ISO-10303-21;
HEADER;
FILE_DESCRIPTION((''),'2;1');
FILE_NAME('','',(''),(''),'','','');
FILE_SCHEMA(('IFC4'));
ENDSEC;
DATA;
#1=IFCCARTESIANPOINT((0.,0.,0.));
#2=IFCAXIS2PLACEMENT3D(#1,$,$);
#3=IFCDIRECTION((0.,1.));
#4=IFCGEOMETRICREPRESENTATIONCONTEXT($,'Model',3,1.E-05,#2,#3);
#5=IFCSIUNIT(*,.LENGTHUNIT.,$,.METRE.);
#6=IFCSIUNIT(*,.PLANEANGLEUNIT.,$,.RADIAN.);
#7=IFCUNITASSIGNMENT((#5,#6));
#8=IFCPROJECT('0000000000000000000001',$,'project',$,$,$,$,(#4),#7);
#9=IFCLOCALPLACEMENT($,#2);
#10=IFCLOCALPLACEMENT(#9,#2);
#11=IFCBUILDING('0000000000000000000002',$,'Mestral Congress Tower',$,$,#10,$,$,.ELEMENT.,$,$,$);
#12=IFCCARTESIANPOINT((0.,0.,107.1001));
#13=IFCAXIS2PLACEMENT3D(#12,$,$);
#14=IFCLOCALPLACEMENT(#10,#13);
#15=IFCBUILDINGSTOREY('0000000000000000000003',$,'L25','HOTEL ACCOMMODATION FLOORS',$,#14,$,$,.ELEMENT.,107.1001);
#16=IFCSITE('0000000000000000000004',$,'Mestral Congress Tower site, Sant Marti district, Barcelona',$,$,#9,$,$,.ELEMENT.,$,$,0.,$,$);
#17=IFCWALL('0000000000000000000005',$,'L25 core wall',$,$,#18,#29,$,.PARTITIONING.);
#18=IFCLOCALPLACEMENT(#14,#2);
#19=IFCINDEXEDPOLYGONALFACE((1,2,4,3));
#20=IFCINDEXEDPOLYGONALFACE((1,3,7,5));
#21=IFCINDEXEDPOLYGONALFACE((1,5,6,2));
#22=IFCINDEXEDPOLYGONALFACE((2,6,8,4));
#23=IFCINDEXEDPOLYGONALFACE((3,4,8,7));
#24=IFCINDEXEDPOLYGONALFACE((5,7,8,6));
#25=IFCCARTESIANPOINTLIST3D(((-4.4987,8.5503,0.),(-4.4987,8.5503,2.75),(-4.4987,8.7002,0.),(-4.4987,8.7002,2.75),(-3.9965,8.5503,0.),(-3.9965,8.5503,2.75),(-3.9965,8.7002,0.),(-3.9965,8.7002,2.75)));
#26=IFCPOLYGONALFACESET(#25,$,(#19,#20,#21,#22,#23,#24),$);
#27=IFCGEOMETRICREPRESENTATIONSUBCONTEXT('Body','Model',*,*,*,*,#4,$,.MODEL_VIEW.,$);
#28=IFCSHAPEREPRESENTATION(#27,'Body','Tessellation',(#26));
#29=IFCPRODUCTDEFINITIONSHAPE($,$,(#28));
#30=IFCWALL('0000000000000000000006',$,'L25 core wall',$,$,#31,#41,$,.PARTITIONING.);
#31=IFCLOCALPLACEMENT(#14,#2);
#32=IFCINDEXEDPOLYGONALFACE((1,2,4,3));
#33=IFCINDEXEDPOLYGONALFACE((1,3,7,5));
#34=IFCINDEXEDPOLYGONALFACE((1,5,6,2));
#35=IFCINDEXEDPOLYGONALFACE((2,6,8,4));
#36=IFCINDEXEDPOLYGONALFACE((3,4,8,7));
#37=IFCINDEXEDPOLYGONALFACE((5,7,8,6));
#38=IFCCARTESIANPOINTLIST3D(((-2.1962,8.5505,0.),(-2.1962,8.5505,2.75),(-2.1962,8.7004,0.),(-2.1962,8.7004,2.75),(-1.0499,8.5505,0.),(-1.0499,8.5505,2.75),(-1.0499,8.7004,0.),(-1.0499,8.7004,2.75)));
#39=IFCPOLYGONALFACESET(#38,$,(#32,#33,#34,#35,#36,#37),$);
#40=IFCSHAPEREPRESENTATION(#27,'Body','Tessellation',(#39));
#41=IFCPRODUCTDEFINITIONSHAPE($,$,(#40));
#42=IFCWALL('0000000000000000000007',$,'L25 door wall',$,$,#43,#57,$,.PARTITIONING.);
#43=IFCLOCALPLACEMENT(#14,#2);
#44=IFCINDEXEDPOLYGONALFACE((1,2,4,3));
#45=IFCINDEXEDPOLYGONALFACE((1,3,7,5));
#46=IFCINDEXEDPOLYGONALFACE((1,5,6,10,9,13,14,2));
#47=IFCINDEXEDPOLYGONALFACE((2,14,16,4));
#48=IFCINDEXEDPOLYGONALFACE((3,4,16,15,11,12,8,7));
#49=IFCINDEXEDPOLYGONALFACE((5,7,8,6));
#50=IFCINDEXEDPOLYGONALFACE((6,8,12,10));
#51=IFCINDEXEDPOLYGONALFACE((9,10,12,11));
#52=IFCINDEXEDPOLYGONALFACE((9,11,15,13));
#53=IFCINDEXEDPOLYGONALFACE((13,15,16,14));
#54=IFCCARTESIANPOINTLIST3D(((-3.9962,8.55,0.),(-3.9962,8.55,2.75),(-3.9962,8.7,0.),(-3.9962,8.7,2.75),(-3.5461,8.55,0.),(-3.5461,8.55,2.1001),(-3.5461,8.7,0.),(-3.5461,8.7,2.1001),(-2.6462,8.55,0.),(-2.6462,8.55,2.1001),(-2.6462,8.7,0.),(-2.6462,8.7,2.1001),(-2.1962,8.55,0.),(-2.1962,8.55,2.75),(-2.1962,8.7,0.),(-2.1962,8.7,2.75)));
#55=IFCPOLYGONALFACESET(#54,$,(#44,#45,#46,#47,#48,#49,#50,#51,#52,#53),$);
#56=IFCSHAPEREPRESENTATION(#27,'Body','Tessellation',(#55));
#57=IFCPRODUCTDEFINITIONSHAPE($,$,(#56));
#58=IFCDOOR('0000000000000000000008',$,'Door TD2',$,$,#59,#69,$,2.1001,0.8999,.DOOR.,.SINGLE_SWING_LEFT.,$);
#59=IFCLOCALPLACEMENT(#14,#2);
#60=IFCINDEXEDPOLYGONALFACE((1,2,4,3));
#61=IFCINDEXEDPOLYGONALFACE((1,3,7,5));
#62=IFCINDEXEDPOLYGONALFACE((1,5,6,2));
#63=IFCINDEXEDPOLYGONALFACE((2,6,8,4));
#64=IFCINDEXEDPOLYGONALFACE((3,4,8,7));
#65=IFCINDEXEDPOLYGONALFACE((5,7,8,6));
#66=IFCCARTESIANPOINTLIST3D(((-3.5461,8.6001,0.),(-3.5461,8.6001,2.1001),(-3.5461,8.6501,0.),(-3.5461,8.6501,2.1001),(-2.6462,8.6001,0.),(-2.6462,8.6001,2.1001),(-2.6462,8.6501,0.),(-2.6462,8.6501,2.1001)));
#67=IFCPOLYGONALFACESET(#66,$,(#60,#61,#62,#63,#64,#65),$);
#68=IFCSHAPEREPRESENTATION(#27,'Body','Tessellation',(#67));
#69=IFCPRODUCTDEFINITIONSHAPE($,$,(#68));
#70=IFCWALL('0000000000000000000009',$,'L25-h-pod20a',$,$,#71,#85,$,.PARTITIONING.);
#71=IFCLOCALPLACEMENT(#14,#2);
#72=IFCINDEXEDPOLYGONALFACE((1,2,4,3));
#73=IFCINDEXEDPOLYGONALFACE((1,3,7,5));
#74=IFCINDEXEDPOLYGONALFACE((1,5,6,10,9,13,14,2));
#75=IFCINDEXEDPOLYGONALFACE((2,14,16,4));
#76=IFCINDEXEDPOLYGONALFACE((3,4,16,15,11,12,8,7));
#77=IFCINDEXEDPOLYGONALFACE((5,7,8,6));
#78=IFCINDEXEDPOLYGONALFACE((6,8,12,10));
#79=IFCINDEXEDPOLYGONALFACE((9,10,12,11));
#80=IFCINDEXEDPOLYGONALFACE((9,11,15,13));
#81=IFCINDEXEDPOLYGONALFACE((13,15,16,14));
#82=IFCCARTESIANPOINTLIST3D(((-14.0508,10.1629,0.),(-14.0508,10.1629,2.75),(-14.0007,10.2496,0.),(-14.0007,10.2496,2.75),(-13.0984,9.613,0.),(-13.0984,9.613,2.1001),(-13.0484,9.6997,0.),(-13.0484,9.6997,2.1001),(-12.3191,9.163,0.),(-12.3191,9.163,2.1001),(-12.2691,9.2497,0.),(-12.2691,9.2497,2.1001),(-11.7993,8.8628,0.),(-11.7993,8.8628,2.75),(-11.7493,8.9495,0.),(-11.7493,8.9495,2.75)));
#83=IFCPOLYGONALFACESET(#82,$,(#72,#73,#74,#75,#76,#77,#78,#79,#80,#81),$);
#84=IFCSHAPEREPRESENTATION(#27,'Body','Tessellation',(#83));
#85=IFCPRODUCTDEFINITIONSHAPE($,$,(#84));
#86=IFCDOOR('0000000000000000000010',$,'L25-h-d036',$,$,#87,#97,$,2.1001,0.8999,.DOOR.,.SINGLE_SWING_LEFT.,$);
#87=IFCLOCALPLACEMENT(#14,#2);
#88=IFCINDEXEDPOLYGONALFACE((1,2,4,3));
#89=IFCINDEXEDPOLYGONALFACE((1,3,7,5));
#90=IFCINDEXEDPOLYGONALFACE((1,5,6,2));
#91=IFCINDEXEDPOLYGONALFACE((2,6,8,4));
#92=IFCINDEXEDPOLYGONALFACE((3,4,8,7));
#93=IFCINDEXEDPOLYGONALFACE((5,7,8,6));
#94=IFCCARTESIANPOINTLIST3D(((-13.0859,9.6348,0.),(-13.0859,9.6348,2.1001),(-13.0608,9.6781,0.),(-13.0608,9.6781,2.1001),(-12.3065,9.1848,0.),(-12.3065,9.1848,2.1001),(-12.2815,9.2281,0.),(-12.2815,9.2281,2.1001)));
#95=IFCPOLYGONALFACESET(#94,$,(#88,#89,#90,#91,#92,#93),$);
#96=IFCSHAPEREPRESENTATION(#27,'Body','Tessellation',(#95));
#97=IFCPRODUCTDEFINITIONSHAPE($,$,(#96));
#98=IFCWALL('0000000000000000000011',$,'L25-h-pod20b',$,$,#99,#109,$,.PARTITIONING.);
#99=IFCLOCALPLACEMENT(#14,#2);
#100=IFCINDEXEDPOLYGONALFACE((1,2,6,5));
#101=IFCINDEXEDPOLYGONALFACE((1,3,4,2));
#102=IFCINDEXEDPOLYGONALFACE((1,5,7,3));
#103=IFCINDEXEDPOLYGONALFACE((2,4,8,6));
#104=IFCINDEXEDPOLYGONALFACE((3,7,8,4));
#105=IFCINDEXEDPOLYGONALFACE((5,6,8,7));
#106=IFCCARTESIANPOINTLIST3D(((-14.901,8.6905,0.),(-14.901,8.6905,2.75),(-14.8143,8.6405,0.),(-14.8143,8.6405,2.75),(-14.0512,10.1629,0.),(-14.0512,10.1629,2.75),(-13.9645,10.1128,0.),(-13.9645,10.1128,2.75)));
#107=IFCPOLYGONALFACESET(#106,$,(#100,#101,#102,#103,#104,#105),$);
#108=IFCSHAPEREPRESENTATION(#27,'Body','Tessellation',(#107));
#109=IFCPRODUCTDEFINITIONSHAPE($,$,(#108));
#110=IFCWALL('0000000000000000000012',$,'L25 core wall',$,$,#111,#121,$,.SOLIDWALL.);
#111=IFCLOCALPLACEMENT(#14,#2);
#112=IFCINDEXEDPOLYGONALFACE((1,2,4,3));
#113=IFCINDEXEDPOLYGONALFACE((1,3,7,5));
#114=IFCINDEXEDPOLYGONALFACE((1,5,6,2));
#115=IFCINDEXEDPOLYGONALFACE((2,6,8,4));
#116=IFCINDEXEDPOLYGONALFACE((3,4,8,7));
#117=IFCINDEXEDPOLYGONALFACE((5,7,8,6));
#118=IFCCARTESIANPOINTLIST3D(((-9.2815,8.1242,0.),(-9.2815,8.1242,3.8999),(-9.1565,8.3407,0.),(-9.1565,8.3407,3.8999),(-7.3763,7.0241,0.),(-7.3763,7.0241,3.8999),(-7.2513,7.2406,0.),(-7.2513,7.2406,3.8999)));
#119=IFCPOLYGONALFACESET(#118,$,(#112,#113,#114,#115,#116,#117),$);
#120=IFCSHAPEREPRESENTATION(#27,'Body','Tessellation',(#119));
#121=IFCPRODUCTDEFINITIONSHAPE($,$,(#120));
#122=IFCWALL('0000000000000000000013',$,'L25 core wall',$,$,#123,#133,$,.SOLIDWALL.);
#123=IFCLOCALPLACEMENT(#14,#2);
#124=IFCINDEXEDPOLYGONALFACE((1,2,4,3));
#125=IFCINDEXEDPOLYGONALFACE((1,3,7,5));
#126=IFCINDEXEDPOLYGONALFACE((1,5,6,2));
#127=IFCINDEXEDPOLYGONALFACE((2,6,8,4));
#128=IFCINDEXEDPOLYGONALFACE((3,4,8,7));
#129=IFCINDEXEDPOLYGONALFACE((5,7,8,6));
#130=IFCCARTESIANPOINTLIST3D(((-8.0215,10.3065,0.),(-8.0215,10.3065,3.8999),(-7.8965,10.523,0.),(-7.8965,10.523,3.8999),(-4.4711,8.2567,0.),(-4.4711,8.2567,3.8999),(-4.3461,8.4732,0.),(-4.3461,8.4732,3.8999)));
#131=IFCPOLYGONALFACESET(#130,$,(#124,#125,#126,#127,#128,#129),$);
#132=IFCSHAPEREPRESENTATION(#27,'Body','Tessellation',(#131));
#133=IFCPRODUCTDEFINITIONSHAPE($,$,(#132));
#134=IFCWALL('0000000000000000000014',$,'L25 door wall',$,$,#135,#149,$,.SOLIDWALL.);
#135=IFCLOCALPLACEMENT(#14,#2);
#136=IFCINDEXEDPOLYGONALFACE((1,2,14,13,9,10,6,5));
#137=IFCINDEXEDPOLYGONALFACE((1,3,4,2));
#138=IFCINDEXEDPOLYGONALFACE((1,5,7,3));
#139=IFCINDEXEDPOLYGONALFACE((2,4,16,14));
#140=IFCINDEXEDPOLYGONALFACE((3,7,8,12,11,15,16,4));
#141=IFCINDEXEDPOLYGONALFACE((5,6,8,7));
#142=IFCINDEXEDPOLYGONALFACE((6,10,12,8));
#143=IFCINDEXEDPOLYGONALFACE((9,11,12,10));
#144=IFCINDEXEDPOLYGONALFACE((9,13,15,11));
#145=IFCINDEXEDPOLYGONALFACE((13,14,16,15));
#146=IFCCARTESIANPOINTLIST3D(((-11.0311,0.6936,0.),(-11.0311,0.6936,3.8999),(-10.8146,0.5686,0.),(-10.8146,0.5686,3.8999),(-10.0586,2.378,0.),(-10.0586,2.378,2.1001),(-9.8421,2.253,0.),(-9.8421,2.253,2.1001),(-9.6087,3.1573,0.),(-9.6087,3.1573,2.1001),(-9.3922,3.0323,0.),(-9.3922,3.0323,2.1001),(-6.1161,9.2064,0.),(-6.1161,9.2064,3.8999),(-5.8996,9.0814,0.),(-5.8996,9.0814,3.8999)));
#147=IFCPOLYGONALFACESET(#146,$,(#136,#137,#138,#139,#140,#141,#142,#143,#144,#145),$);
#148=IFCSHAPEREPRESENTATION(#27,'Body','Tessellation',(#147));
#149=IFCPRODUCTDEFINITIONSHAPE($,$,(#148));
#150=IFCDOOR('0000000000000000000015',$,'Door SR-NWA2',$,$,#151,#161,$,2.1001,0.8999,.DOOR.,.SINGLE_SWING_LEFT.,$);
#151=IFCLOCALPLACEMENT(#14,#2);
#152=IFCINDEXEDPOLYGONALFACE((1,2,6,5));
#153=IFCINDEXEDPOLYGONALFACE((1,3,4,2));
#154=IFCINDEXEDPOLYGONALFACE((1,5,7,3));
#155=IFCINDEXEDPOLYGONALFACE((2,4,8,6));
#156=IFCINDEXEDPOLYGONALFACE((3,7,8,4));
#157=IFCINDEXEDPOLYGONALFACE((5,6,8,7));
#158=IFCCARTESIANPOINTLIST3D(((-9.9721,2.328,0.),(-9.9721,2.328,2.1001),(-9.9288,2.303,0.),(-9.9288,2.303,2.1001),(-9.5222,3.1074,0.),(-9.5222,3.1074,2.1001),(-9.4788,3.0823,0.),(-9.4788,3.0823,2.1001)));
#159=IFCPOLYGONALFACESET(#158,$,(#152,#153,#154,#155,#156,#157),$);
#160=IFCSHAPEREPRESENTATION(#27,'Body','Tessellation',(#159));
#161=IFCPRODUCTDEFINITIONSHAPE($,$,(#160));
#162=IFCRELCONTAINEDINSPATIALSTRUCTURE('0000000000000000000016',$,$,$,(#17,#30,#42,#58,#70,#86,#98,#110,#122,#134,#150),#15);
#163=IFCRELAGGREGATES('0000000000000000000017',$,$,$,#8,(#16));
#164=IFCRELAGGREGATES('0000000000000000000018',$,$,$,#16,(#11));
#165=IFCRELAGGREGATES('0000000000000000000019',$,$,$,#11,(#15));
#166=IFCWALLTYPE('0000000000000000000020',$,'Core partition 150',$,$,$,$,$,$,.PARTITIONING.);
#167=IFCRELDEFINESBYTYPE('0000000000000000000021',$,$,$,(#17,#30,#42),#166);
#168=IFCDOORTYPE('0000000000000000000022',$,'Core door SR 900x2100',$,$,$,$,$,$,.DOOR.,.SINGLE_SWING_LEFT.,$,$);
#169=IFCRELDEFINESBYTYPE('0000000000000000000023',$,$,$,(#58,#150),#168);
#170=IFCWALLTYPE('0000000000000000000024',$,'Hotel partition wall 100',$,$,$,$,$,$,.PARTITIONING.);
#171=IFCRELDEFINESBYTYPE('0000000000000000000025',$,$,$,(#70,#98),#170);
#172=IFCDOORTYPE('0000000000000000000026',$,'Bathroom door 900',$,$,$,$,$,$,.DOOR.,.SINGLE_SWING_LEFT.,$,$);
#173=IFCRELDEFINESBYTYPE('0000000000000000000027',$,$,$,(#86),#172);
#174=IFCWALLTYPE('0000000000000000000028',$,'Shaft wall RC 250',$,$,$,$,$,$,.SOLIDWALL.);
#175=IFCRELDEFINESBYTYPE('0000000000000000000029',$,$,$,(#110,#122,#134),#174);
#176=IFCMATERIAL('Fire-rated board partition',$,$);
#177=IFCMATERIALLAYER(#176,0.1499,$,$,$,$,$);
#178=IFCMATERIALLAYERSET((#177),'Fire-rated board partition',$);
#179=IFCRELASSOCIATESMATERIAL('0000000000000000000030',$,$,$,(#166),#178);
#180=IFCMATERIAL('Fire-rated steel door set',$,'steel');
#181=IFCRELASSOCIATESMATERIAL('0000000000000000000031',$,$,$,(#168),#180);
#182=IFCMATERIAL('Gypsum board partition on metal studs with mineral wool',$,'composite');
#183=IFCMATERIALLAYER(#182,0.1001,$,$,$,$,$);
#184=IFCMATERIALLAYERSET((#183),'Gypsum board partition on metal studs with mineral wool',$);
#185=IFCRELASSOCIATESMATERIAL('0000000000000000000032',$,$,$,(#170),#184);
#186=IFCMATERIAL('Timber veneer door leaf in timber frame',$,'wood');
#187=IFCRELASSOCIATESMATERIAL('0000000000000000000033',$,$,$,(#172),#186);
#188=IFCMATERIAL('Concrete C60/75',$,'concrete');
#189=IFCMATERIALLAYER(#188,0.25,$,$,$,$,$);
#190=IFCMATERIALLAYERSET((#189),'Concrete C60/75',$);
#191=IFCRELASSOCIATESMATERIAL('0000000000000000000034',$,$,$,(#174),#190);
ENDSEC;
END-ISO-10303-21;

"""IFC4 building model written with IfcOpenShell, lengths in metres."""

from ifc_helpers import new_model, si_unit, direction, frame, frame_2d, origin, place, context, subcontext, project, spatial, rectangle, extrude, material, layer, layer_set, type_object, element, fill, save


model = new_model("IFC4")

# Units and contexts
model_context = context("Model", 3, precision=1e-05, world=origin(), true_north=direction((0.0, 1.0)))
body_context = subcontext(model_context, "Body", "Model", "MODEL_VIEW")
ifc_project = project(units=[si_unit("LENGTHUNIT", "METRE"), si_unit("PLANEANGLEUNIT", "RADIAN")], contexts=[model_context])

# Site, building, storey
site_placement = place(None, origin())
site = spatial("IfcSite", under=ifc_project, at=site_placement, Name="Mestral Congress Tower site, Sant Marti district, Barcelona", CompositionType="ELEMENT", RefElevation=0.0)
building_placement = place(site_placement, origin())
building = spatial("IfcBuilding", under=site, at=building_placement, Name="Mestral Congress Tower", CompositionType="ELEMENT")
storey_placement = place(building_placement, frame((0.0, 0.0, 107.1001)))
storey = spatial("IfcBuildingStorey", under=building, at=storey_placement, Name="L25", Description="HOTEL ACCOMMODATION FLOORS", CompositionType="ELEMENT", Elevation=107.1001)

# Walls
ifc_material_1 = material(Name="Fire-rated board partition")
ifc_layer_1 = layer(ifc_material_1, 0.1499)
ifc_layer_set_1 = layer_set([ifc_layer_1], Name="Fire-rated board partition")
wall_type_1 = type_object("IfcWallType", Name="Core partition 150", PredefinedType="PARTITIONING", material=ifc_layer_set_1)
wall_1_placement = place(storey_placement, frame((-3.9966, 8.6252, 0.0), z_axis=(0.0, 0.0, 1.0), x_axis=(-1.0, 0.0, 0.0)))
element("IfcWall", 1, at=wall_1_placement, inside=storey, type_object=wall_type_1, Name="L25 core wall", PredefinedType="PARTITIONING", context=body_context, shape_type="SweptSolid", body=[
    extrude(rectangle(XDim=0.5022, YDim=0.1499, at=frame_2d((0.251, 0.0))), origin(), (0.0, 0.0, 1.0), 2.75),
])
wall_2_placement = place(storey_placement, frame((-2.1963, 8.6255, 0.0), z_axis=(0.0, 0.0, 1.0), x_axis=(1.0, 0.0, 0.0)))
element("IfcWall", 2, at=wall_2_placement, inside=storey, type_object=wall_type_1, Name="L25 core wall", PredefinedType="PARTITIONING", context=body_context, shape_type="SweptSolid", body=[
    extrude(rectangle(XDim=1.1462, YDim=0.1499, at=frame_2d((0.5732, 0.0))), origin(), (0.0, 0.0, 1.0), 2.75),
])

# Walls, openings, doors
wall_3_placement = place(storey_placement, frame((-2.1963, 8.625, 0.0), z_axis=(0.0, 0.0, 1.0), x_axis=(-1.0, 0.0, 0.0)))
wall_3 = element("IfcWall", 3, at=wall_3_placement, inside=storey, type_object=wall_type_1, Name="L25 door wall", PredefinedType="PARTITIONING", context=body_context, shape_type="SweptSolid", body=[
    extrude(rectangle(XDim=1.8, YDim=0.1499, at=frame_2d((0.8999, 0.0))), origin(), (0.0, 0.0, 1.0), 2.75),
])
opening_1_placement = place(wall_3_placement, frame((0.45, 0.0, 0.0)))
opening_1 = element("IfcOpeningElement", 4, at=opening_1_placement, cuts=wall_3, PredefinedType="OPENING", context=body_context, shape_type="SweptSolid", body=[
    extrude(rectangle(XDim=0.8999, YDim=2.1001, at=frame_2d((0.45, 1.05))), frame((0.0, 0.085, 0.0), z_axis=(0.0, -1.0, 0.0), x_axis=(1.0, 0.0, 0.0)), (0.0, 0.0, 1.0), 0.1699),
])
ifc_material_2 = material(Name="Fire-rated steel door set", Category="steel")
door_type_1 = type_object("IfcDoorType", Name="Core door SR 900x2100", OperationType="SINGLE_SWING_LEFT", PredefinedType="DOOR", material=ifc_material_2)
door_1_placement = place(opening_1_placement, origin())
door_1 = element("IfcDoor", 5, at=door_1_placement, inside=storey, type_object=door_type_1, Name="Door TD2", OperationType="SINGLE_SWING_LEFT", OverallHeight=2.1001, OverallWidth=0.8999, PredefinedType="DOOR", context=body_context, shape_type="SweptSolid", body=[
    extrude(rectangle(XDim=0.8999, YDim=2.1001, at=frame_2d((0.45, 1.05))), frame((0.0, 0.0249, 0.0), z_axis=(0.0, -1.0, 0.0), x_axis=(1.0, 0.0, 0.0)), (0.0, 0.0, 1.0), 0.05),
])
fill(opening_1, door_1)
ifc_material_3 = material(Name="Gypsum board partition on metal studs with mineral wool", Category="composite")
ifc_layer_2 = layer(ifc_material_3, 0.1001)
ifc_layer_set_2 = layer_set([ifc_layer_2], Name="Gypsum board partition on metal studs with mineral wool")
wall_type_2 = type_object("IfcWallType", Name="Hotel partition wall 100", PredefinedType="PARTITIONING", material=ifc_layer_set_2)
wall_4_placement = place(storey_placement, frame((-11.7744, 8.9062, 0.0), z_axis=(0.0, 0.0, 1.0), x_axis=(-0.865998, 0.500048, 0.0)))
wall_4 = element("IfcWall", 6, at=wall_4_placement, inside=storey, type_object=wall_type_2, Name="L25-h-pod20a", PredefinedType="PARTITIONING", context=body_context, shape_type="SweptSolid", body=[
    extrude(rectangle(XDim=2.5999, YDim=0.1001, at=frame_2d((1.2998, 0.0))), origin(), (0.0, 0.0, 1.0), 2.75),
])
opening_2_placement = place(wall_4_placement, frame((0.6001, 0.0, 0.0)))
opening_2 = element("IfcOpeningElement", 7, at=opening_2_placement, cuts=wall_4, PredefinedType="OPENING", context=body_context, shape_type="SweptSolid", body=[
    extrude(rectangle(XDim=0.8999, YDim=2.1001, at=frame_2d((0.45, 1.05))), frame((0.0, 0.0601, 0.0), z_axis=(0.0, -1.0, 0.0), x_axis=(1.0, 0.0, 0.0)), (0.0, 0.0, 1.0), 0.1201),
])
ifc_material_4 = material(Name="Timber veneer door leaf in timber frame", Category="wood")
door_type_2 = type_object("IfcDoorType", Name="Bathroom door 900", OperationType="SINGLE_SWING_LEFT", PredefinedType="DOOR", material=ifc_material_4)
door_2_placement = place(opening_2_placement, origin())
door_2 = element("IfcDoor", 8, at=door_2_placement, inside=storey, type_object=door_type_2, Name="L25-h-d036", OperationType="SINGLE_SWING_LEFT", OverallHeight=2.1001, OverallWidth=0.8999, PredefinedType="DOOR", context=body_context, shape_type="SweptSolid", body=[
    extrude(rectangle(XDim=0.8999, YDim=2.1001, at=frame_2d((0.45, 1.05))), frame((0.0, 0.0249, 0.0), z_axis=(0.0, -1.0, 0.0), x_axis=(1.0, 0.0, 0.0)), (0.0, 0.0, 1.0), 0.05),
])
fill(opening_2, door_2)

# Walls
wall_5_placement = place(storey_placement, frame((-14.0078, 10.1379, 0.0), z_axis=(0.0, 0.0, 1.0), x_axis=(-0.499892, -0.866088, 0.0)))
element("IfcWall", 9, at=wall_5_placement, inside=storey, type_object=wall_type_2, Name="L25-h-pod20b", PredefinedType="PARTITIONING", context=body_context, shape_type="SweptSolid", body=[
    extrude(rectangle(XDim=1.7, YDim=0.1001, at=frame_2d((0.8501, 0.0))), origin(), (0.0, 0.0, 1.0), 2.75),
])
ifc_material_5 = material(Name="Concrete C60/75", Category="concrete")
ifc_layer_3 = layer(ifc_material_5, 0.25)
ifc_layer_set_3 = layer_set([ifc_layer_3], Name="Concrete C60/75")
wall_type_3 = type_object("IfcWallType", Name="Shaft wall RC 250", PredefinedType="SOLIDWALL", material=ifc_layer_set_3)
wall_6_placement = place(storey_placement, frame((-7.3137, 7.1323, 0.0), z_axis=(0.0, 0.0, 1.0), x_axis=(-0.866008, 0.50003, 0.0)))
element("IfcWall", 10, at=wall_6_placement, inside=storey, type_object=wall_type_3, Name="L25 core wall", PredefinedType="SOLIDWALL", context=body_context, shape_type="SweptSolid", body=[
    extrude(rectangle(XDim=2.2, YDim=0.25, at=frame_2d((1.1001, 0.0))), origin(), (0.0, 0.0, 1.0), 3.8999),
])
wall_7_placement = place(storey_placement, frame((-7.959, 10.4148, 0.0), z_axis=(0.0, 0.0, 1.0), x_axis=(0.866021, -0.500008, 0.0)))
element("IfcWall", 11, at=wall_7_placement, inside=storey, type_object=wall_type_3, Name="L25 core wall", PredefinedType="SOLIDWALL", context=body_context, shape_type="SweptSolid", body=[
    extrude(rectangle(XDim=4.0996, YDim=0.25, at=frame_2d((2.0498, 0.0))), origin(), (0.0, 0.0, 1.0), 3.8999),
])

# Wall, opening, door
wall_8_placement = place(storey_placement, frame((-6.0078, 9.144, 0.0), z_axis=(0.0, 0.0, 1.0), x_axis=(-0.500007, -0.866021, 0.0)))
wall_8 = element("IfcWall", 12, at=wall_8_placement, inside=storey, type_object=wall_type_3, Name="L25 door wall", PredefinedType="SOLIDWALL", context=body_context, shape_type="SweptSolid", body=[
    extrude(rectangle(XDim=9.8298, YDim=0.25, at=frame_2d((4.915, 0.0))), origin(), (0.0, 0.0, 1.0), 3.8999),
])
opening_3_placement = place(wall_8_placement, frame((6.9851, 0.0, 0.0)))
opening_3 = element("IfcOpeningElement", 13, at=opening_3_placement, cuts=wall_8, PredefinedType="OPENING", context=body_context, shape_type="SweptSolid", body=[
    extrude(rectangle(XDim=0.8999, YDim=2.1001, at=frame_2d((0.45, 1.05))), frame((0.0, 0.135, 0.0), z_axis=(0.0, -1.0, 0.0), x_axis=(1.0, 0.0, 0.0)), (0.0, 0.0, 1.0), 0.27),
])
door_3_placement = place(opening_3_placement, origin())
door_3 = element("IfcDoor", 14, at=door_3_placement, inside=storey, type_object=door_type_1, Name="Door SR-NWA2", OperationType="SINGLE_SWING_LEFT", OverallHeight=2.1001, OverallWidth=0.8999, PredefinedType="DOOR", context=body_context, shape_type="SweptSolid", body=[
    extrude(rectangle(XDim=0.8999, YDim=2.1001, at=frame_2d((0.45, 1.05))), frame((0.0, 0.0249, 0.0), z_axis=(0.0, -1.0, 0.0), x_axis=(1.0, 0.0, 0.0)), (0.0, 0.0, 1.0), 0.05),
])
fill(opening_3, door_3)

save(model, "model.ifc")
